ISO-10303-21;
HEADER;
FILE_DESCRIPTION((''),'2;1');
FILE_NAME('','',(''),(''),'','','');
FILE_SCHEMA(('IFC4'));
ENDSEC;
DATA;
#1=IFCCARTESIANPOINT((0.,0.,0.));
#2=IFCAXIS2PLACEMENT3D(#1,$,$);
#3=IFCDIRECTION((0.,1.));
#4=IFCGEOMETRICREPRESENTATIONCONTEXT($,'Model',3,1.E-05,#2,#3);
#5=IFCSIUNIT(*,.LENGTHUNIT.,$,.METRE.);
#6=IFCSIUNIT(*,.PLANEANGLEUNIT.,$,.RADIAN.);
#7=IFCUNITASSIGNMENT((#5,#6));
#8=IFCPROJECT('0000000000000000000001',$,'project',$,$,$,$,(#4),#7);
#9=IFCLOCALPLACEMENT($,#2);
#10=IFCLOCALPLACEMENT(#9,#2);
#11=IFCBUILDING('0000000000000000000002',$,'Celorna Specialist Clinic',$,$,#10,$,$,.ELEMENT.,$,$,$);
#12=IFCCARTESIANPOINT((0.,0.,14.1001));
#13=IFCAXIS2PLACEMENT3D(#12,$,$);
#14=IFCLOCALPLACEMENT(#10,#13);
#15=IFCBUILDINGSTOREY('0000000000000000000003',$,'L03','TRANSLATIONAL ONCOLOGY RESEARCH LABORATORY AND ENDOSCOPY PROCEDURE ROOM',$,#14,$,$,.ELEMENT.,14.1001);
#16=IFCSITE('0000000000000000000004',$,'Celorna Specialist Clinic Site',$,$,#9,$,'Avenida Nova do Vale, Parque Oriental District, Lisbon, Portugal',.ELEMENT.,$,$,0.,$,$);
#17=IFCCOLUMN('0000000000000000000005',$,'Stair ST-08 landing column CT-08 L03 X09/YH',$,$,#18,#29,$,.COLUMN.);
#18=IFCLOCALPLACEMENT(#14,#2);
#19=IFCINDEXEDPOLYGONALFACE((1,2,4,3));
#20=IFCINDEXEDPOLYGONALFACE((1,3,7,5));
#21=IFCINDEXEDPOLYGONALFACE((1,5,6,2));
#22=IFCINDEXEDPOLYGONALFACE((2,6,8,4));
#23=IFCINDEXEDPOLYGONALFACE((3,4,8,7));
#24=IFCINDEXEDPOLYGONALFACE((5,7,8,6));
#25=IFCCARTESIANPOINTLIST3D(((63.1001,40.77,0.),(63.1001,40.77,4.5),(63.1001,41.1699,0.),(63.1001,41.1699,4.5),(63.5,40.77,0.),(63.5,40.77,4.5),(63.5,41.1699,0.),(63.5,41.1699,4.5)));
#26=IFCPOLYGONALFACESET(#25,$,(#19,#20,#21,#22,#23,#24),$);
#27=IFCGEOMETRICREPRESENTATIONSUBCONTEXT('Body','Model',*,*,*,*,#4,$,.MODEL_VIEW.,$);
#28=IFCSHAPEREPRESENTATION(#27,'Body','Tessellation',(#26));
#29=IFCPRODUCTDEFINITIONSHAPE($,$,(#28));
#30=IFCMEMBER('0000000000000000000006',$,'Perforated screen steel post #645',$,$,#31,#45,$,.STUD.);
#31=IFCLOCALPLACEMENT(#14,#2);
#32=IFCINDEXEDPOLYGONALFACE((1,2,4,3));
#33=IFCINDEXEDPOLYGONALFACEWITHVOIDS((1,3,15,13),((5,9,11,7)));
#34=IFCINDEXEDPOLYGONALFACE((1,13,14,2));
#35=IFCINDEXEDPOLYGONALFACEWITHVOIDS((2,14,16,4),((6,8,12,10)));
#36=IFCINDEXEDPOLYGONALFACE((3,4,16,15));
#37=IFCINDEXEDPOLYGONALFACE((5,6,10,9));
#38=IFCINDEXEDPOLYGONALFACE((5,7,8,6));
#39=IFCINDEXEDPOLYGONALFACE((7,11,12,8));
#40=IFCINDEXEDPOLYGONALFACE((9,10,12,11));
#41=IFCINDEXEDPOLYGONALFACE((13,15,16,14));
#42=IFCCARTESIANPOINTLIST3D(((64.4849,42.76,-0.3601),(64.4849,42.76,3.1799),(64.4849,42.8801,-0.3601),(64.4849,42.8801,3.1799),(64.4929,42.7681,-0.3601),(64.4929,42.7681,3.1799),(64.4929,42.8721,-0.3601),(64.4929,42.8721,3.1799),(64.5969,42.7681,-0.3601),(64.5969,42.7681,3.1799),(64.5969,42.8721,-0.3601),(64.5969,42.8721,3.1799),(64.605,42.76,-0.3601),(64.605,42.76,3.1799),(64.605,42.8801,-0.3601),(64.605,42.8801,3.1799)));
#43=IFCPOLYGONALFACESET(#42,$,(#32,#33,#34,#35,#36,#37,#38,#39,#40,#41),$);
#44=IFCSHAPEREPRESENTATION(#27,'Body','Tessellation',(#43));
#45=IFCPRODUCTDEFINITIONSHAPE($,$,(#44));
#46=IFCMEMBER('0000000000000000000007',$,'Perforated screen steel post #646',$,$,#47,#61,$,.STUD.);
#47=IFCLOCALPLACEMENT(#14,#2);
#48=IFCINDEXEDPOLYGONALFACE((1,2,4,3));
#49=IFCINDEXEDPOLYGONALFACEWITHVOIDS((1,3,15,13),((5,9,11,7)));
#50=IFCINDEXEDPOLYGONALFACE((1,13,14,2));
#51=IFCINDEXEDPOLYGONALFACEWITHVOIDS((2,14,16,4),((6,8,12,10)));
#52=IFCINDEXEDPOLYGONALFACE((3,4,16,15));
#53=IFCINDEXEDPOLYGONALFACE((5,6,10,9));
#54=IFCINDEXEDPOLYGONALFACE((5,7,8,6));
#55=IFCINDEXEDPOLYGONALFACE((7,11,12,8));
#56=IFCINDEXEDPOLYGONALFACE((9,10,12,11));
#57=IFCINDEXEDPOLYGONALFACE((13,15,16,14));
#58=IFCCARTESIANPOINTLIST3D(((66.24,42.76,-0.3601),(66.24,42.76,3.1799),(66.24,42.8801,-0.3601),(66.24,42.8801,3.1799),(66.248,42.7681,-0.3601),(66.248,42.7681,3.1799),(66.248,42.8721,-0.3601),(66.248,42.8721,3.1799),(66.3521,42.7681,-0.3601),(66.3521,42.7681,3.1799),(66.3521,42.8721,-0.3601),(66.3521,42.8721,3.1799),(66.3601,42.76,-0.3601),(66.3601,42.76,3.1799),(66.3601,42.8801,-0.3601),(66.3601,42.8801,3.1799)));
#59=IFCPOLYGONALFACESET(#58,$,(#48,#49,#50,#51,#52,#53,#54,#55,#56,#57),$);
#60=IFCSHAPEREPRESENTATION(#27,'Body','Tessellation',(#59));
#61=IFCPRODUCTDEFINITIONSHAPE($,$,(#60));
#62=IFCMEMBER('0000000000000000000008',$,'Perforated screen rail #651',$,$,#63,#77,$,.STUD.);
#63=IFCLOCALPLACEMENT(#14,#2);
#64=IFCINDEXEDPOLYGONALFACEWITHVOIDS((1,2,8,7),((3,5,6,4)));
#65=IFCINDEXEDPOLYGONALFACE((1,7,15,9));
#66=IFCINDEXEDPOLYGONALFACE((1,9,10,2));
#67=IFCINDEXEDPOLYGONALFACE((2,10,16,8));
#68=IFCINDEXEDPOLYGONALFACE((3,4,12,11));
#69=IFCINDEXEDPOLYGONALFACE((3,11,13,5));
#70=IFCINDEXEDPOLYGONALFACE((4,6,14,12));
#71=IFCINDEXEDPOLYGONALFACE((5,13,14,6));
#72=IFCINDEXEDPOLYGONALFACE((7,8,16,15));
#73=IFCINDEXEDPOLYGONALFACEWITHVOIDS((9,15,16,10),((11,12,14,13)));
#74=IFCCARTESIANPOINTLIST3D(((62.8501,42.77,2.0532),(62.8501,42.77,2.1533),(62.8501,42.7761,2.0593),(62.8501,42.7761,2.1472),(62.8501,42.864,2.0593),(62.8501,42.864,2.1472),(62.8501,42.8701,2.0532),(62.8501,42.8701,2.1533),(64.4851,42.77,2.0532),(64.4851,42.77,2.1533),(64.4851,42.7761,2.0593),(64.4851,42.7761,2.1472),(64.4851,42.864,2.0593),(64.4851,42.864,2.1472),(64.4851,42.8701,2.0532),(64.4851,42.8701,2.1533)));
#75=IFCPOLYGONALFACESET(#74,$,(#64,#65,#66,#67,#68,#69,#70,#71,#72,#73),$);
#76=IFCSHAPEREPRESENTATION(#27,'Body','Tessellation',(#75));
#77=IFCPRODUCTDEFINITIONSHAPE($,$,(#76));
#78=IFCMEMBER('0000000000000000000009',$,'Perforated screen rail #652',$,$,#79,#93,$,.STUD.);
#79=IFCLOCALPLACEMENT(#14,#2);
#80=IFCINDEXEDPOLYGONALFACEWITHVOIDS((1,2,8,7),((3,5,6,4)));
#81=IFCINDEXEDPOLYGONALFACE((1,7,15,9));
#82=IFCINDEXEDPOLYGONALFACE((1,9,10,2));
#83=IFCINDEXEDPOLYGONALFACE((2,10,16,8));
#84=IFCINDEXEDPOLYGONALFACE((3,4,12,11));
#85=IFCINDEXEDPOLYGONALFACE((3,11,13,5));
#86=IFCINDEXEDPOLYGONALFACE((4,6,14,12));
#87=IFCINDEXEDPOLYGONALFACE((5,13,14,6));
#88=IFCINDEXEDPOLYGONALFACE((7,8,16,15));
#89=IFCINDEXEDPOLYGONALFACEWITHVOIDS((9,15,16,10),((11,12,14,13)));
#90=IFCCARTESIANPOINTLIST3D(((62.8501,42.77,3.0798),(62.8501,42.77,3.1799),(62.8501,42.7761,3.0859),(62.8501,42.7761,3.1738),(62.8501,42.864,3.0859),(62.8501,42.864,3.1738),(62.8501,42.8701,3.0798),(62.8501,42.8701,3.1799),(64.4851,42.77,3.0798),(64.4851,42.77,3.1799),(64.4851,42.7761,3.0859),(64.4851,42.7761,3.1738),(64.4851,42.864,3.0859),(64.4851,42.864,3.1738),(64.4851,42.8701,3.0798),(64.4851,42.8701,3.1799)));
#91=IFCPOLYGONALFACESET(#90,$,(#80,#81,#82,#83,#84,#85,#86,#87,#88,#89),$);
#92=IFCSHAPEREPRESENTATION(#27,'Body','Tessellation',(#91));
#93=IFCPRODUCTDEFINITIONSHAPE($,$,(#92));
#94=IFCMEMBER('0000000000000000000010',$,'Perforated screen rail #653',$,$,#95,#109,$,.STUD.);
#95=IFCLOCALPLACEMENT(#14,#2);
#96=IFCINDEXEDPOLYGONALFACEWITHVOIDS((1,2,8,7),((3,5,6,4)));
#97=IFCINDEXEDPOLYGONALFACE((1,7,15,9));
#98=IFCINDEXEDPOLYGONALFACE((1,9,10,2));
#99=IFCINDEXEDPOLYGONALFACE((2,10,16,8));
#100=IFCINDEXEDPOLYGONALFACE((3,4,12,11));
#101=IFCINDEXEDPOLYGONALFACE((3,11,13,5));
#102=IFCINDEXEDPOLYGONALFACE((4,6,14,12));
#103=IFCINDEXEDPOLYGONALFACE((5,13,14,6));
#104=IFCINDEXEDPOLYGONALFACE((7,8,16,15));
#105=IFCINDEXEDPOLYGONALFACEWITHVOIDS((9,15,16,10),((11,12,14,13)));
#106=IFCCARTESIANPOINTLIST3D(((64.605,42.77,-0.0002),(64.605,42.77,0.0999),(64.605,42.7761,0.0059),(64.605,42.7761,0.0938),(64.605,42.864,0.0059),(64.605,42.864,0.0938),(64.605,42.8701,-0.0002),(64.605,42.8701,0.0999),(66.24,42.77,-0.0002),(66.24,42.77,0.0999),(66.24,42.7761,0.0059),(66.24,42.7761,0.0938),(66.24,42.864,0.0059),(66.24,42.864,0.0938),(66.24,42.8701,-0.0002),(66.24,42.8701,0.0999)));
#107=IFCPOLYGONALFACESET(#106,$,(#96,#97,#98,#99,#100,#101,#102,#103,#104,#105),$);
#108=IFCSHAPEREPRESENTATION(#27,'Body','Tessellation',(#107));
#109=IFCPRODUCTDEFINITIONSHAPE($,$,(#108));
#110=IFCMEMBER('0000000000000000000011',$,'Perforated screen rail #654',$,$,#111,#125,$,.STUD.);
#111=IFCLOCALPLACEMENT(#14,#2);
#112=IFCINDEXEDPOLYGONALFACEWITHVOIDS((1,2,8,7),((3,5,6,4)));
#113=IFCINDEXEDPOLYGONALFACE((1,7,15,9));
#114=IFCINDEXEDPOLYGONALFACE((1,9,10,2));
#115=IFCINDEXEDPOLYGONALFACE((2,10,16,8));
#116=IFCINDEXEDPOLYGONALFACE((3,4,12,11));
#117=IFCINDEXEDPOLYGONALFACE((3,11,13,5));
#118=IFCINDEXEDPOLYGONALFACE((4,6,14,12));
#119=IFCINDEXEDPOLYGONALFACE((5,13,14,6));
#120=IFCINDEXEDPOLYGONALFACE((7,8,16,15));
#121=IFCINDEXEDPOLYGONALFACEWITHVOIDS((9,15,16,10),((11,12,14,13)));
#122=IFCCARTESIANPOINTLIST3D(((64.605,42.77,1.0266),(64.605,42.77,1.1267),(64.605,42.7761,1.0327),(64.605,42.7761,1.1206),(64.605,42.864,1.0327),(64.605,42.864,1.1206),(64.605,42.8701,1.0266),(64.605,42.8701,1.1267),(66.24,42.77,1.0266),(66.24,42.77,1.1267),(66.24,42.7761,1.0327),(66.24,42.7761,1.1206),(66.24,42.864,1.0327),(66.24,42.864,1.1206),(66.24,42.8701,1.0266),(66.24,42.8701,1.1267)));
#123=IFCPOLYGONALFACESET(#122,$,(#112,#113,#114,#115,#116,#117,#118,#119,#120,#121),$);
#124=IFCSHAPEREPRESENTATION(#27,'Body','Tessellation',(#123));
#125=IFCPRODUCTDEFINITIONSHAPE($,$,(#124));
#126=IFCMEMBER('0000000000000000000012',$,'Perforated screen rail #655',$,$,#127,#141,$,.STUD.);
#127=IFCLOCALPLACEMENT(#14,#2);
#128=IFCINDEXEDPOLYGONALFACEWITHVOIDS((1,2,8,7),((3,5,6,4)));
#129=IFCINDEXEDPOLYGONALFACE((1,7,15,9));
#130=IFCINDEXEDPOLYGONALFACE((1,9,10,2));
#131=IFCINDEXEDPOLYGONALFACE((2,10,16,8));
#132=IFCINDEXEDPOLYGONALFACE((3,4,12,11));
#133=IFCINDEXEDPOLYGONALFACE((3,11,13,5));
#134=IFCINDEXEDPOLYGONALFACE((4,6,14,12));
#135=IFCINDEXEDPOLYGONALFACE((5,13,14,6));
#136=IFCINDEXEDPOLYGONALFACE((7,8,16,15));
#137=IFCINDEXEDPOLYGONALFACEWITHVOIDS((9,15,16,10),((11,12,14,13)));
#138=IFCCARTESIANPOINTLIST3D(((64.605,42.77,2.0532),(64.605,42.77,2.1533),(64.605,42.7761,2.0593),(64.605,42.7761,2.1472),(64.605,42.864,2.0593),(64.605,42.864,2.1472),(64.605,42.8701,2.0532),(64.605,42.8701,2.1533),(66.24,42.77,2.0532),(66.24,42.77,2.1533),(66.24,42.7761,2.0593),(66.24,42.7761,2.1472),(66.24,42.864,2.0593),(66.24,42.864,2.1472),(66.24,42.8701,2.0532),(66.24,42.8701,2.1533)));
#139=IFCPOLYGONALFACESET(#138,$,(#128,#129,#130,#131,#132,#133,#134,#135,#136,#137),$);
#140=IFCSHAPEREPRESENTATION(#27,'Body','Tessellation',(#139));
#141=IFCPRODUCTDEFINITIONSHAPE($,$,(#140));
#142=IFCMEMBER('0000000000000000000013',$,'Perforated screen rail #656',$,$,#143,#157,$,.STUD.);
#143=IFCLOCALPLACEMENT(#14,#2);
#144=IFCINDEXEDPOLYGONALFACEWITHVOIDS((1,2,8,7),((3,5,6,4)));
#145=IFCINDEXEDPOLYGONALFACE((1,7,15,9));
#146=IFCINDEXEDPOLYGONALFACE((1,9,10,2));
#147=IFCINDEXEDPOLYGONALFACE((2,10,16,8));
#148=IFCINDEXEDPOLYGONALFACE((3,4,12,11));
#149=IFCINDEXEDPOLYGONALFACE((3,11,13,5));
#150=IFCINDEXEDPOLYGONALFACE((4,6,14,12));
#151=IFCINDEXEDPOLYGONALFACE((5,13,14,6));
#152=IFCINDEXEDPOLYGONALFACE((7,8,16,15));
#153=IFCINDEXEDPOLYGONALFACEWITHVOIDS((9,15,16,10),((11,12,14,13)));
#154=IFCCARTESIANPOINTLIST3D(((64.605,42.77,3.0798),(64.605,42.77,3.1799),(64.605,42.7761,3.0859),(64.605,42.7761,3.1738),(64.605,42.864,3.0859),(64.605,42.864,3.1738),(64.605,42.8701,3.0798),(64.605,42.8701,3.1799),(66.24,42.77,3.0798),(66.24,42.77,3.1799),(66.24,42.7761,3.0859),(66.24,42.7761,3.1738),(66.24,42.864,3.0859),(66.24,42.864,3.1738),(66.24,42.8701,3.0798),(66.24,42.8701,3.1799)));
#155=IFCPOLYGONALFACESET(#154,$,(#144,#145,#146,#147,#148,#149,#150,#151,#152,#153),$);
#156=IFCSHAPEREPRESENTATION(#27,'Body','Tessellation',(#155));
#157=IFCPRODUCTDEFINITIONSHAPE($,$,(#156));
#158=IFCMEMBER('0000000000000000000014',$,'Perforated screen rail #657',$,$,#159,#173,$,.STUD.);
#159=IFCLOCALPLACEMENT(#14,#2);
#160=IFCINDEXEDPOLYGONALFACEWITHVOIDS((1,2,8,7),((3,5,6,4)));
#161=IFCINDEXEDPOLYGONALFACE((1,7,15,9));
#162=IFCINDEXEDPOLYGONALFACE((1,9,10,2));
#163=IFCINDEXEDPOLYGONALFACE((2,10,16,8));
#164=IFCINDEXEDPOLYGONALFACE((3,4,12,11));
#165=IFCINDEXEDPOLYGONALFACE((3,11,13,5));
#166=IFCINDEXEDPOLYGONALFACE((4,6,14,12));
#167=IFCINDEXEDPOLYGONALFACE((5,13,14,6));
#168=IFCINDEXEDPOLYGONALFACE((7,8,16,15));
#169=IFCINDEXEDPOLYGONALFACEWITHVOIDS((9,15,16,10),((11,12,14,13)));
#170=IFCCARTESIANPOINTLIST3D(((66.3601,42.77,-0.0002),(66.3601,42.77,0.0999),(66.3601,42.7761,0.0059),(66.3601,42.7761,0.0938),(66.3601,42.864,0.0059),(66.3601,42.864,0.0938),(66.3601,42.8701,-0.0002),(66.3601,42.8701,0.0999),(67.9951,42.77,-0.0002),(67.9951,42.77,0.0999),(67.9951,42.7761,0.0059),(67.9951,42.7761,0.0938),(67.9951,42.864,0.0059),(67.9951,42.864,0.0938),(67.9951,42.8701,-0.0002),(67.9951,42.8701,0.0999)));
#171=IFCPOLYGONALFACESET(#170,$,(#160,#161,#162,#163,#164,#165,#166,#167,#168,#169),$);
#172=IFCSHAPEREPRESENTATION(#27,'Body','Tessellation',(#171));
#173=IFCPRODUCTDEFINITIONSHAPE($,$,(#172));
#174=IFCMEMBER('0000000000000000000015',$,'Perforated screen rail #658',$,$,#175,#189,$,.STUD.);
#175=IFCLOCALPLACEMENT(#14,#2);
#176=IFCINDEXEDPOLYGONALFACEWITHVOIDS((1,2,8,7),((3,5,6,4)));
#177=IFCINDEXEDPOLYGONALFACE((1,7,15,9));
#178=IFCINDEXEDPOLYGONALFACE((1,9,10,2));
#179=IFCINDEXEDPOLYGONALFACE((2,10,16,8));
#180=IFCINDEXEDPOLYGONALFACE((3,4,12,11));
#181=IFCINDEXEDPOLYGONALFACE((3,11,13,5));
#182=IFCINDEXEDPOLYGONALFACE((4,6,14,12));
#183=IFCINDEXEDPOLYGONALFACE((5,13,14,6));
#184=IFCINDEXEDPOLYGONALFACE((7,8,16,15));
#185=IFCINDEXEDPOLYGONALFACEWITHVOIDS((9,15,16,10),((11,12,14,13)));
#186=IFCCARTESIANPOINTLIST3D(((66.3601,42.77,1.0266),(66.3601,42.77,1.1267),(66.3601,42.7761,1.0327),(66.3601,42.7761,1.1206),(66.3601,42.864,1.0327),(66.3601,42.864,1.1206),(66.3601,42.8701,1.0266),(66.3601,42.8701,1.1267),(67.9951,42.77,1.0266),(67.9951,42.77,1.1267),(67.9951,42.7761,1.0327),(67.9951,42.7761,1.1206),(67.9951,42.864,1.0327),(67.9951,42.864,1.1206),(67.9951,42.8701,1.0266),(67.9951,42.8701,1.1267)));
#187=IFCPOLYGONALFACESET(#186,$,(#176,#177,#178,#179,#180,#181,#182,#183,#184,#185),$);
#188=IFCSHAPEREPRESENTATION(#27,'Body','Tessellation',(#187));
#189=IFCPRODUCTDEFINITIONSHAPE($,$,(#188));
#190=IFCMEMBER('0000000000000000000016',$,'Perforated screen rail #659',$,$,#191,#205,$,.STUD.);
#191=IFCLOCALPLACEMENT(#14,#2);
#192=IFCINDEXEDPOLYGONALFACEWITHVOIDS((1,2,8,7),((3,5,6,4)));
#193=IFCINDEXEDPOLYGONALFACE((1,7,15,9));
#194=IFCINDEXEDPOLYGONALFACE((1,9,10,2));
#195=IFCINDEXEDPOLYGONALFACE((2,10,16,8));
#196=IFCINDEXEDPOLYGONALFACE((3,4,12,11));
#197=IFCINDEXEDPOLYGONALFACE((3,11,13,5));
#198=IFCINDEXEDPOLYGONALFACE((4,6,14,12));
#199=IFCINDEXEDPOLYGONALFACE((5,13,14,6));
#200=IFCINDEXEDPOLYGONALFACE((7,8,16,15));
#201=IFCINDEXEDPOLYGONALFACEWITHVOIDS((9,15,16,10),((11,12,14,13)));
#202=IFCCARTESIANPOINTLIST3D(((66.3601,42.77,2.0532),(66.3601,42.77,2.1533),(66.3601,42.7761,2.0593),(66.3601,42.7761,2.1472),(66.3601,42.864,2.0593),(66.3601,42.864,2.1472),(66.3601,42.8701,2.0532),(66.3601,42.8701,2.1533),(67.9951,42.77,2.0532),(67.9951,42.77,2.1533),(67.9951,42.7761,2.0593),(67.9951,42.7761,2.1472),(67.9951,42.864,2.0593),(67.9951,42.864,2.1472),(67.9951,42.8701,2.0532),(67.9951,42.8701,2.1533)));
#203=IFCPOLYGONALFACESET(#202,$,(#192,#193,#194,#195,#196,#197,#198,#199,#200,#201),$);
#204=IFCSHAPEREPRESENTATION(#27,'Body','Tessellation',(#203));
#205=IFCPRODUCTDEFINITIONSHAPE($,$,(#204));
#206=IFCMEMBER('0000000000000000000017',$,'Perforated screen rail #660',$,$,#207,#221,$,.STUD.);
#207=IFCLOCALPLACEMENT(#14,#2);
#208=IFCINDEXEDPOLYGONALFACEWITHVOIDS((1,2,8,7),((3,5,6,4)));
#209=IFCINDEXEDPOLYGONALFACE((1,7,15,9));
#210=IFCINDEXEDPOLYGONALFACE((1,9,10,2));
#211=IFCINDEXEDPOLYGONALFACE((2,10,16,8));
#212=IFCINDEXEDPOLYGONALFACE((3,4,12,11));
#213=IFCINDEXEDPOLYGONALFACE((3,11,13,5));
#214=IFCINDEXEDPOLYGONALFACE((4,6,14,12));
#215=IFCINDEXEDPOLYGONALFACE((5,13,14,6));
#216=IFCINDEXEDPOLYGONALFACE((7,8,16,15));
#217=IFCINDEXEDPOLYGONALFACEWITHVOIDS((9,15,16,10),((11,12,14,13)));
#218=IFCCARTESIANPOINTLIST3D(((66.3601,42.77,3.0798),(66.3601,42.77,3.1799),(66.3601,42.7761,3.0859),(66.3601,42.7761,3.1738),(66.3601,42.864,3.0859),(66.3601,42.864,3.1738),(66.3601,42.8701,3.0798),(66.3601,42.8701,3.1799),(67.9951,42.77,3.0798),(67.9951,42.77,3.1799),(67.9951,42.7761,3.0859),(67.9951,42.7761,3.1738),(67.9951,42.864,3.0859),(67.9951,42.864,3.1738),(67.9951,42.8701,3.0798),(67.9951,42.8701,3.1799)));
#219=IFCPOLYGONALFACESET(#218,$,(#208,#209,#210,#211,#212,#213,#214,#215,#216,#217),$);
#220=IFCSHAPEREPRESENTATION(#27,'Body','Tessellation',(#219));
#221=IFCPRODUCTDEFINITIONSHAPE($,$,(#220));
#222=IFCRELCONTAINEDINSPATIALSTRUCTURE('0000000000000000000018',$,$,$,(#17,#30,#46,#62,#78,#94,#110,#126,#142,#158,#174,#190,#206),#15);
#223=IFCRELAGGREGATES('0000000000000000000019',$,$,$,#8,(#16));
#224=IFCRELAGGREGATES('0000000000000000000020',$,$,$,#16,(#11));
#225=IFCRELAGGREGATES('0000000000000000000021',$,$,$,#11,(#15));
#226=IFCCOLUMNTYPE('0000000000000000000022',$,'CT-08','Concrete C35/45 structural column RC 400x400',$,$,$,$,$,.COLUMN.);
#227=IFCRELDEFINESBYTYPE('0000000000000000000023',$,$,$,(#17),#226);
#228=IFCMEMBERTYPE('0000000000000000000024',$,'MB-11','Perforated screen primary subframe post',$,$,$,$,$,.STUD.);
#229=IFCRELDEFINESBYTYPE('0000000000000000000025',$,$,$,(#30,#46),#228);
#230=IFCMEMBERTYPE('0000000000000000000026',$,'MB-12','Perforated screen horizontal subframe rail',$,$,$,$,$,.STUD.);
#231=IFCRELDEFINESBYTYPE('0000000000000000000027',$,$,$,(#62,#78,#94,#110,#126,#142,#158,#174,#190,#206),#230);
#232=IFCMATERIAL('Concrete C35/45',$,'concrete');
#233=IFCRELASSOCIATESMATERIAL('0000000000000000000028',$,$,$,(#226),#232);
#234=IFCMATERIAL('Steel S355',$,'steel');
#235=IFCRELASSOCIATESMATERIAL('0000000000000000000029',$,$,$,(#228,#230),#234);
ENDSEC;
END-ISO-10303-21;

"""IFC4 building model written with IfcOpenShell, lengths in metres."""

from ifc_helpers import new_model, si_unit, direction, frame, origin, origin_2d, place, context, subcontext, project, spatial, rectangle, hollow_rectangle, extrude, material, material_profile, profile_set, type_object, element, save


model = new_model("IFC4")

# Units and contexts
model_context = context("Model", 3, precision=1e-05, world=origin(), true_north=direction((0.0, 1.0)))
body_context = subcontext(model_context, "Body", "Model", "MODEL_VIEW")
ifc_project = project(units=[si_unit("LENGTHUNIT", "METRE"), si_unit("PLANEANGLEUNIT", "RADIAN")], contexts=[model_context])

# Site, building, storey
site_placement = place(None, origin())
site = spatial("IfcSite", under=ifc_project, at=site_placement, Name="Celorna Specialist Clinic Site", LongName="Avenida Nova do Vale, Parque Oriental District, Lisbon, Portugal", CompositionType="ELEMENT", RefElevation=0.0)
building_placement = place(site_placement, origin())
building = spatial("IfcBuilding", under=site, at=building_placement, Name="Celorna Specialist Clinic", CompositionType="ELEMENT")
storey_placement = place(building_placement, frame((0.0, 0.0, 14.1001)))
storey = spatial("IfcBuildingStorey", under=building, at=storey_placement, Name="L03", Description="TRANSLATIONAL ONCOLOGY RESEARCH LABORATORY AND ENDOSCOPY PROCEDURE ROOM", CompositionType="ELEMENT", Elevation=14.1001)

# Column
ifc_material_1 = material(Name="Concrete C35/45", Category="concrete")
ifc_material_profile_1 = material_profile(ifc_material_1, rectangle(XDim=0.3999, YDim=0.3999, at=origin_2d()), Name="RC 400x400")
ifc_profile_set_1 = profile_set([ifc_material_profile_1], Name="Concrete C35/45")
column_type = type_object("IfcColumnType", Name="CT-08", Description="Concrete C35/45 structural column RC 400x400", PredefinedType="COLUMN", material=ifc_profile_set_1)
column_placement = place(storey_placement, frame((63.3, 40.97, 0.0), z_axis=(0.0, 0.0, 1.0), x_axis=(1.0, 0.0, 0.0)))
element("IfcColumn", 1, at=column_placement, inside=storey, type_object=column_type, Name="Stair ST-08 landing column CT-08 L03 X09/YH", PredefinedType="COLUMN", context=body_context, shape_type="SweptSolid", body=[
    extrude(rectangle(XDim=0.3999, YDim=0.3999, at=origin_2d()), origin(), (0.0, 0.0, 1.0), 4.5),
])

# Members
ifc_material_2 = material(Name="Steel S355", Category="steel")
ifc_material_profile_2 = material_profile(ifc_material_2, hollow_rectangle(XDim=0.1201, YDim=0.1201, WallThickness=0.0081, at=origin_2d()), Name="SHS 120x120x8")
ifc_profile_set_2 = profile_set([ifc_material_profile_2], Name="Steel S355")
member_type_1 = type_object("IfcMemberType", Name="MB-11", Description="Perforated screen primary subframe post", PredefinedType="STUD", material=ifc_profile_set_2)
for number, where, z_axis, x_axis, name in (
    (2, (64.5449, 42.8201, -0.3601), (0.0, 0.0, 1.0), (1.0, 0.0, 0.0), "Perforated screen steel post #645"),
    (3, (66.3, 42.8201, -0.3601), (0.0, 0.0, 1.0), (1.0, 0.0, 0.0), "Perforated screen steel post #646"),
):
    element("IfcMember", number, at=place(storey_placement, frame(where, z_axis=z_axis, x_axis=x_axis)), inside=storey, type_object=member_type_1, Name=name, PredefinedType="STUD", context=body_context, shape_type="SweptSolid", body=[
        extrude(hollow_rectangle(XDim=0.1201, YDim=0.1201, WallThickness=0.0081, at=origin_2d()), origin(), (0.0, 0.0, 1.0), 3.54),
    ])
ifc_material_profile_3 = material_profile(ifc_material_2, hollow_rectangle(XDim=0.1001, YDim=0.1001, WallThickness=0.0061, at=origin_2d()), Name="SHS 100x100x6")
ifc_profile_set_3 = profile_set([ifc_material_profile_3], Name="Steel S355")
member_type_2 = type_object("IfcMemberType", Name="MB-12", Description="Perforated screen horizontal subframe rail", PredefinedType="STUD", material=ifc_profile_set_3)
for number, where, z_axis, x_axis, name in (
    (4, (62.8501, 42.8201, 2.1033), (1.0, 0.0, 0.0), (0.0, 1.0, 0.0), "Perforated screen rail #651"),
    (5, (62.8501, 42.8201, 3.1299), (1.0, 0.0, 0.0), (0.0, 1.0, 0.0), "Perforated screen rail #652"),
    (6, (64.605, 42.8201, 0.0498), (1.0, 0.0, 0.0), (0.0, 1.0, 0.0), "Perforated screen rail #653"),
    (7, (64.605, 42.8201, 1.0767), (1.0, 0.0, 0.0), (0.0, 1.0, 0.0), "Perforated screen rail #654"),
    (8, (64.605, 42.8201, 2.1033), (1.0, 0.0, 0.0), (0.0, 1.0, 0.0), "Perforated screen rail #655"),
    (9, (64.605, 42.8201, 3.1299), (1.0, 0.0, 0.0), (0.0, 1.0, 0.0), "Perforated screen rail #656"),
    (10, (66.3601, 42.8201, 0.0498), (1.0, 0.0, 0.0), (0.0, 1.0, 0.0), "Perforated screen rail #657"),
    (11, (66.3601, 42.8201, 1.0767), (1.0, 0.0, 0.0), (0.0, 1.0, 0.0), "Perforated screen rail #658"),
    (12, (66.3601, 42.8201, 2.1033), (1.0, 0.0, 0.0), (0.0, 1.0, 0.0), "Perforated screen rail #659"),
    (13, (66.3601, 42.8201, 3.1299), (1.0, 0.0, 0.0), (0.0, 1.0, 0.0), "Perforated screen rail #660"),
):
    element("IfcMember", number, at=place(storey_placement, frame(where, z_axis=z_axis, x_axis=x_axis)), inside=storey, type_object=member_type_2, Name=name, PredefinedType="STUD", context=body_context, shape_type="SweptSolid", body=[
        extrude(hollow_rectangle(XDim=0.1001, YDim=0.1001, WallThickness=0.0061, at=origin_2d()), origin(), (0.0, 0.0, 1.0), 1.635),
    ])

save(model, "model.ifc")
